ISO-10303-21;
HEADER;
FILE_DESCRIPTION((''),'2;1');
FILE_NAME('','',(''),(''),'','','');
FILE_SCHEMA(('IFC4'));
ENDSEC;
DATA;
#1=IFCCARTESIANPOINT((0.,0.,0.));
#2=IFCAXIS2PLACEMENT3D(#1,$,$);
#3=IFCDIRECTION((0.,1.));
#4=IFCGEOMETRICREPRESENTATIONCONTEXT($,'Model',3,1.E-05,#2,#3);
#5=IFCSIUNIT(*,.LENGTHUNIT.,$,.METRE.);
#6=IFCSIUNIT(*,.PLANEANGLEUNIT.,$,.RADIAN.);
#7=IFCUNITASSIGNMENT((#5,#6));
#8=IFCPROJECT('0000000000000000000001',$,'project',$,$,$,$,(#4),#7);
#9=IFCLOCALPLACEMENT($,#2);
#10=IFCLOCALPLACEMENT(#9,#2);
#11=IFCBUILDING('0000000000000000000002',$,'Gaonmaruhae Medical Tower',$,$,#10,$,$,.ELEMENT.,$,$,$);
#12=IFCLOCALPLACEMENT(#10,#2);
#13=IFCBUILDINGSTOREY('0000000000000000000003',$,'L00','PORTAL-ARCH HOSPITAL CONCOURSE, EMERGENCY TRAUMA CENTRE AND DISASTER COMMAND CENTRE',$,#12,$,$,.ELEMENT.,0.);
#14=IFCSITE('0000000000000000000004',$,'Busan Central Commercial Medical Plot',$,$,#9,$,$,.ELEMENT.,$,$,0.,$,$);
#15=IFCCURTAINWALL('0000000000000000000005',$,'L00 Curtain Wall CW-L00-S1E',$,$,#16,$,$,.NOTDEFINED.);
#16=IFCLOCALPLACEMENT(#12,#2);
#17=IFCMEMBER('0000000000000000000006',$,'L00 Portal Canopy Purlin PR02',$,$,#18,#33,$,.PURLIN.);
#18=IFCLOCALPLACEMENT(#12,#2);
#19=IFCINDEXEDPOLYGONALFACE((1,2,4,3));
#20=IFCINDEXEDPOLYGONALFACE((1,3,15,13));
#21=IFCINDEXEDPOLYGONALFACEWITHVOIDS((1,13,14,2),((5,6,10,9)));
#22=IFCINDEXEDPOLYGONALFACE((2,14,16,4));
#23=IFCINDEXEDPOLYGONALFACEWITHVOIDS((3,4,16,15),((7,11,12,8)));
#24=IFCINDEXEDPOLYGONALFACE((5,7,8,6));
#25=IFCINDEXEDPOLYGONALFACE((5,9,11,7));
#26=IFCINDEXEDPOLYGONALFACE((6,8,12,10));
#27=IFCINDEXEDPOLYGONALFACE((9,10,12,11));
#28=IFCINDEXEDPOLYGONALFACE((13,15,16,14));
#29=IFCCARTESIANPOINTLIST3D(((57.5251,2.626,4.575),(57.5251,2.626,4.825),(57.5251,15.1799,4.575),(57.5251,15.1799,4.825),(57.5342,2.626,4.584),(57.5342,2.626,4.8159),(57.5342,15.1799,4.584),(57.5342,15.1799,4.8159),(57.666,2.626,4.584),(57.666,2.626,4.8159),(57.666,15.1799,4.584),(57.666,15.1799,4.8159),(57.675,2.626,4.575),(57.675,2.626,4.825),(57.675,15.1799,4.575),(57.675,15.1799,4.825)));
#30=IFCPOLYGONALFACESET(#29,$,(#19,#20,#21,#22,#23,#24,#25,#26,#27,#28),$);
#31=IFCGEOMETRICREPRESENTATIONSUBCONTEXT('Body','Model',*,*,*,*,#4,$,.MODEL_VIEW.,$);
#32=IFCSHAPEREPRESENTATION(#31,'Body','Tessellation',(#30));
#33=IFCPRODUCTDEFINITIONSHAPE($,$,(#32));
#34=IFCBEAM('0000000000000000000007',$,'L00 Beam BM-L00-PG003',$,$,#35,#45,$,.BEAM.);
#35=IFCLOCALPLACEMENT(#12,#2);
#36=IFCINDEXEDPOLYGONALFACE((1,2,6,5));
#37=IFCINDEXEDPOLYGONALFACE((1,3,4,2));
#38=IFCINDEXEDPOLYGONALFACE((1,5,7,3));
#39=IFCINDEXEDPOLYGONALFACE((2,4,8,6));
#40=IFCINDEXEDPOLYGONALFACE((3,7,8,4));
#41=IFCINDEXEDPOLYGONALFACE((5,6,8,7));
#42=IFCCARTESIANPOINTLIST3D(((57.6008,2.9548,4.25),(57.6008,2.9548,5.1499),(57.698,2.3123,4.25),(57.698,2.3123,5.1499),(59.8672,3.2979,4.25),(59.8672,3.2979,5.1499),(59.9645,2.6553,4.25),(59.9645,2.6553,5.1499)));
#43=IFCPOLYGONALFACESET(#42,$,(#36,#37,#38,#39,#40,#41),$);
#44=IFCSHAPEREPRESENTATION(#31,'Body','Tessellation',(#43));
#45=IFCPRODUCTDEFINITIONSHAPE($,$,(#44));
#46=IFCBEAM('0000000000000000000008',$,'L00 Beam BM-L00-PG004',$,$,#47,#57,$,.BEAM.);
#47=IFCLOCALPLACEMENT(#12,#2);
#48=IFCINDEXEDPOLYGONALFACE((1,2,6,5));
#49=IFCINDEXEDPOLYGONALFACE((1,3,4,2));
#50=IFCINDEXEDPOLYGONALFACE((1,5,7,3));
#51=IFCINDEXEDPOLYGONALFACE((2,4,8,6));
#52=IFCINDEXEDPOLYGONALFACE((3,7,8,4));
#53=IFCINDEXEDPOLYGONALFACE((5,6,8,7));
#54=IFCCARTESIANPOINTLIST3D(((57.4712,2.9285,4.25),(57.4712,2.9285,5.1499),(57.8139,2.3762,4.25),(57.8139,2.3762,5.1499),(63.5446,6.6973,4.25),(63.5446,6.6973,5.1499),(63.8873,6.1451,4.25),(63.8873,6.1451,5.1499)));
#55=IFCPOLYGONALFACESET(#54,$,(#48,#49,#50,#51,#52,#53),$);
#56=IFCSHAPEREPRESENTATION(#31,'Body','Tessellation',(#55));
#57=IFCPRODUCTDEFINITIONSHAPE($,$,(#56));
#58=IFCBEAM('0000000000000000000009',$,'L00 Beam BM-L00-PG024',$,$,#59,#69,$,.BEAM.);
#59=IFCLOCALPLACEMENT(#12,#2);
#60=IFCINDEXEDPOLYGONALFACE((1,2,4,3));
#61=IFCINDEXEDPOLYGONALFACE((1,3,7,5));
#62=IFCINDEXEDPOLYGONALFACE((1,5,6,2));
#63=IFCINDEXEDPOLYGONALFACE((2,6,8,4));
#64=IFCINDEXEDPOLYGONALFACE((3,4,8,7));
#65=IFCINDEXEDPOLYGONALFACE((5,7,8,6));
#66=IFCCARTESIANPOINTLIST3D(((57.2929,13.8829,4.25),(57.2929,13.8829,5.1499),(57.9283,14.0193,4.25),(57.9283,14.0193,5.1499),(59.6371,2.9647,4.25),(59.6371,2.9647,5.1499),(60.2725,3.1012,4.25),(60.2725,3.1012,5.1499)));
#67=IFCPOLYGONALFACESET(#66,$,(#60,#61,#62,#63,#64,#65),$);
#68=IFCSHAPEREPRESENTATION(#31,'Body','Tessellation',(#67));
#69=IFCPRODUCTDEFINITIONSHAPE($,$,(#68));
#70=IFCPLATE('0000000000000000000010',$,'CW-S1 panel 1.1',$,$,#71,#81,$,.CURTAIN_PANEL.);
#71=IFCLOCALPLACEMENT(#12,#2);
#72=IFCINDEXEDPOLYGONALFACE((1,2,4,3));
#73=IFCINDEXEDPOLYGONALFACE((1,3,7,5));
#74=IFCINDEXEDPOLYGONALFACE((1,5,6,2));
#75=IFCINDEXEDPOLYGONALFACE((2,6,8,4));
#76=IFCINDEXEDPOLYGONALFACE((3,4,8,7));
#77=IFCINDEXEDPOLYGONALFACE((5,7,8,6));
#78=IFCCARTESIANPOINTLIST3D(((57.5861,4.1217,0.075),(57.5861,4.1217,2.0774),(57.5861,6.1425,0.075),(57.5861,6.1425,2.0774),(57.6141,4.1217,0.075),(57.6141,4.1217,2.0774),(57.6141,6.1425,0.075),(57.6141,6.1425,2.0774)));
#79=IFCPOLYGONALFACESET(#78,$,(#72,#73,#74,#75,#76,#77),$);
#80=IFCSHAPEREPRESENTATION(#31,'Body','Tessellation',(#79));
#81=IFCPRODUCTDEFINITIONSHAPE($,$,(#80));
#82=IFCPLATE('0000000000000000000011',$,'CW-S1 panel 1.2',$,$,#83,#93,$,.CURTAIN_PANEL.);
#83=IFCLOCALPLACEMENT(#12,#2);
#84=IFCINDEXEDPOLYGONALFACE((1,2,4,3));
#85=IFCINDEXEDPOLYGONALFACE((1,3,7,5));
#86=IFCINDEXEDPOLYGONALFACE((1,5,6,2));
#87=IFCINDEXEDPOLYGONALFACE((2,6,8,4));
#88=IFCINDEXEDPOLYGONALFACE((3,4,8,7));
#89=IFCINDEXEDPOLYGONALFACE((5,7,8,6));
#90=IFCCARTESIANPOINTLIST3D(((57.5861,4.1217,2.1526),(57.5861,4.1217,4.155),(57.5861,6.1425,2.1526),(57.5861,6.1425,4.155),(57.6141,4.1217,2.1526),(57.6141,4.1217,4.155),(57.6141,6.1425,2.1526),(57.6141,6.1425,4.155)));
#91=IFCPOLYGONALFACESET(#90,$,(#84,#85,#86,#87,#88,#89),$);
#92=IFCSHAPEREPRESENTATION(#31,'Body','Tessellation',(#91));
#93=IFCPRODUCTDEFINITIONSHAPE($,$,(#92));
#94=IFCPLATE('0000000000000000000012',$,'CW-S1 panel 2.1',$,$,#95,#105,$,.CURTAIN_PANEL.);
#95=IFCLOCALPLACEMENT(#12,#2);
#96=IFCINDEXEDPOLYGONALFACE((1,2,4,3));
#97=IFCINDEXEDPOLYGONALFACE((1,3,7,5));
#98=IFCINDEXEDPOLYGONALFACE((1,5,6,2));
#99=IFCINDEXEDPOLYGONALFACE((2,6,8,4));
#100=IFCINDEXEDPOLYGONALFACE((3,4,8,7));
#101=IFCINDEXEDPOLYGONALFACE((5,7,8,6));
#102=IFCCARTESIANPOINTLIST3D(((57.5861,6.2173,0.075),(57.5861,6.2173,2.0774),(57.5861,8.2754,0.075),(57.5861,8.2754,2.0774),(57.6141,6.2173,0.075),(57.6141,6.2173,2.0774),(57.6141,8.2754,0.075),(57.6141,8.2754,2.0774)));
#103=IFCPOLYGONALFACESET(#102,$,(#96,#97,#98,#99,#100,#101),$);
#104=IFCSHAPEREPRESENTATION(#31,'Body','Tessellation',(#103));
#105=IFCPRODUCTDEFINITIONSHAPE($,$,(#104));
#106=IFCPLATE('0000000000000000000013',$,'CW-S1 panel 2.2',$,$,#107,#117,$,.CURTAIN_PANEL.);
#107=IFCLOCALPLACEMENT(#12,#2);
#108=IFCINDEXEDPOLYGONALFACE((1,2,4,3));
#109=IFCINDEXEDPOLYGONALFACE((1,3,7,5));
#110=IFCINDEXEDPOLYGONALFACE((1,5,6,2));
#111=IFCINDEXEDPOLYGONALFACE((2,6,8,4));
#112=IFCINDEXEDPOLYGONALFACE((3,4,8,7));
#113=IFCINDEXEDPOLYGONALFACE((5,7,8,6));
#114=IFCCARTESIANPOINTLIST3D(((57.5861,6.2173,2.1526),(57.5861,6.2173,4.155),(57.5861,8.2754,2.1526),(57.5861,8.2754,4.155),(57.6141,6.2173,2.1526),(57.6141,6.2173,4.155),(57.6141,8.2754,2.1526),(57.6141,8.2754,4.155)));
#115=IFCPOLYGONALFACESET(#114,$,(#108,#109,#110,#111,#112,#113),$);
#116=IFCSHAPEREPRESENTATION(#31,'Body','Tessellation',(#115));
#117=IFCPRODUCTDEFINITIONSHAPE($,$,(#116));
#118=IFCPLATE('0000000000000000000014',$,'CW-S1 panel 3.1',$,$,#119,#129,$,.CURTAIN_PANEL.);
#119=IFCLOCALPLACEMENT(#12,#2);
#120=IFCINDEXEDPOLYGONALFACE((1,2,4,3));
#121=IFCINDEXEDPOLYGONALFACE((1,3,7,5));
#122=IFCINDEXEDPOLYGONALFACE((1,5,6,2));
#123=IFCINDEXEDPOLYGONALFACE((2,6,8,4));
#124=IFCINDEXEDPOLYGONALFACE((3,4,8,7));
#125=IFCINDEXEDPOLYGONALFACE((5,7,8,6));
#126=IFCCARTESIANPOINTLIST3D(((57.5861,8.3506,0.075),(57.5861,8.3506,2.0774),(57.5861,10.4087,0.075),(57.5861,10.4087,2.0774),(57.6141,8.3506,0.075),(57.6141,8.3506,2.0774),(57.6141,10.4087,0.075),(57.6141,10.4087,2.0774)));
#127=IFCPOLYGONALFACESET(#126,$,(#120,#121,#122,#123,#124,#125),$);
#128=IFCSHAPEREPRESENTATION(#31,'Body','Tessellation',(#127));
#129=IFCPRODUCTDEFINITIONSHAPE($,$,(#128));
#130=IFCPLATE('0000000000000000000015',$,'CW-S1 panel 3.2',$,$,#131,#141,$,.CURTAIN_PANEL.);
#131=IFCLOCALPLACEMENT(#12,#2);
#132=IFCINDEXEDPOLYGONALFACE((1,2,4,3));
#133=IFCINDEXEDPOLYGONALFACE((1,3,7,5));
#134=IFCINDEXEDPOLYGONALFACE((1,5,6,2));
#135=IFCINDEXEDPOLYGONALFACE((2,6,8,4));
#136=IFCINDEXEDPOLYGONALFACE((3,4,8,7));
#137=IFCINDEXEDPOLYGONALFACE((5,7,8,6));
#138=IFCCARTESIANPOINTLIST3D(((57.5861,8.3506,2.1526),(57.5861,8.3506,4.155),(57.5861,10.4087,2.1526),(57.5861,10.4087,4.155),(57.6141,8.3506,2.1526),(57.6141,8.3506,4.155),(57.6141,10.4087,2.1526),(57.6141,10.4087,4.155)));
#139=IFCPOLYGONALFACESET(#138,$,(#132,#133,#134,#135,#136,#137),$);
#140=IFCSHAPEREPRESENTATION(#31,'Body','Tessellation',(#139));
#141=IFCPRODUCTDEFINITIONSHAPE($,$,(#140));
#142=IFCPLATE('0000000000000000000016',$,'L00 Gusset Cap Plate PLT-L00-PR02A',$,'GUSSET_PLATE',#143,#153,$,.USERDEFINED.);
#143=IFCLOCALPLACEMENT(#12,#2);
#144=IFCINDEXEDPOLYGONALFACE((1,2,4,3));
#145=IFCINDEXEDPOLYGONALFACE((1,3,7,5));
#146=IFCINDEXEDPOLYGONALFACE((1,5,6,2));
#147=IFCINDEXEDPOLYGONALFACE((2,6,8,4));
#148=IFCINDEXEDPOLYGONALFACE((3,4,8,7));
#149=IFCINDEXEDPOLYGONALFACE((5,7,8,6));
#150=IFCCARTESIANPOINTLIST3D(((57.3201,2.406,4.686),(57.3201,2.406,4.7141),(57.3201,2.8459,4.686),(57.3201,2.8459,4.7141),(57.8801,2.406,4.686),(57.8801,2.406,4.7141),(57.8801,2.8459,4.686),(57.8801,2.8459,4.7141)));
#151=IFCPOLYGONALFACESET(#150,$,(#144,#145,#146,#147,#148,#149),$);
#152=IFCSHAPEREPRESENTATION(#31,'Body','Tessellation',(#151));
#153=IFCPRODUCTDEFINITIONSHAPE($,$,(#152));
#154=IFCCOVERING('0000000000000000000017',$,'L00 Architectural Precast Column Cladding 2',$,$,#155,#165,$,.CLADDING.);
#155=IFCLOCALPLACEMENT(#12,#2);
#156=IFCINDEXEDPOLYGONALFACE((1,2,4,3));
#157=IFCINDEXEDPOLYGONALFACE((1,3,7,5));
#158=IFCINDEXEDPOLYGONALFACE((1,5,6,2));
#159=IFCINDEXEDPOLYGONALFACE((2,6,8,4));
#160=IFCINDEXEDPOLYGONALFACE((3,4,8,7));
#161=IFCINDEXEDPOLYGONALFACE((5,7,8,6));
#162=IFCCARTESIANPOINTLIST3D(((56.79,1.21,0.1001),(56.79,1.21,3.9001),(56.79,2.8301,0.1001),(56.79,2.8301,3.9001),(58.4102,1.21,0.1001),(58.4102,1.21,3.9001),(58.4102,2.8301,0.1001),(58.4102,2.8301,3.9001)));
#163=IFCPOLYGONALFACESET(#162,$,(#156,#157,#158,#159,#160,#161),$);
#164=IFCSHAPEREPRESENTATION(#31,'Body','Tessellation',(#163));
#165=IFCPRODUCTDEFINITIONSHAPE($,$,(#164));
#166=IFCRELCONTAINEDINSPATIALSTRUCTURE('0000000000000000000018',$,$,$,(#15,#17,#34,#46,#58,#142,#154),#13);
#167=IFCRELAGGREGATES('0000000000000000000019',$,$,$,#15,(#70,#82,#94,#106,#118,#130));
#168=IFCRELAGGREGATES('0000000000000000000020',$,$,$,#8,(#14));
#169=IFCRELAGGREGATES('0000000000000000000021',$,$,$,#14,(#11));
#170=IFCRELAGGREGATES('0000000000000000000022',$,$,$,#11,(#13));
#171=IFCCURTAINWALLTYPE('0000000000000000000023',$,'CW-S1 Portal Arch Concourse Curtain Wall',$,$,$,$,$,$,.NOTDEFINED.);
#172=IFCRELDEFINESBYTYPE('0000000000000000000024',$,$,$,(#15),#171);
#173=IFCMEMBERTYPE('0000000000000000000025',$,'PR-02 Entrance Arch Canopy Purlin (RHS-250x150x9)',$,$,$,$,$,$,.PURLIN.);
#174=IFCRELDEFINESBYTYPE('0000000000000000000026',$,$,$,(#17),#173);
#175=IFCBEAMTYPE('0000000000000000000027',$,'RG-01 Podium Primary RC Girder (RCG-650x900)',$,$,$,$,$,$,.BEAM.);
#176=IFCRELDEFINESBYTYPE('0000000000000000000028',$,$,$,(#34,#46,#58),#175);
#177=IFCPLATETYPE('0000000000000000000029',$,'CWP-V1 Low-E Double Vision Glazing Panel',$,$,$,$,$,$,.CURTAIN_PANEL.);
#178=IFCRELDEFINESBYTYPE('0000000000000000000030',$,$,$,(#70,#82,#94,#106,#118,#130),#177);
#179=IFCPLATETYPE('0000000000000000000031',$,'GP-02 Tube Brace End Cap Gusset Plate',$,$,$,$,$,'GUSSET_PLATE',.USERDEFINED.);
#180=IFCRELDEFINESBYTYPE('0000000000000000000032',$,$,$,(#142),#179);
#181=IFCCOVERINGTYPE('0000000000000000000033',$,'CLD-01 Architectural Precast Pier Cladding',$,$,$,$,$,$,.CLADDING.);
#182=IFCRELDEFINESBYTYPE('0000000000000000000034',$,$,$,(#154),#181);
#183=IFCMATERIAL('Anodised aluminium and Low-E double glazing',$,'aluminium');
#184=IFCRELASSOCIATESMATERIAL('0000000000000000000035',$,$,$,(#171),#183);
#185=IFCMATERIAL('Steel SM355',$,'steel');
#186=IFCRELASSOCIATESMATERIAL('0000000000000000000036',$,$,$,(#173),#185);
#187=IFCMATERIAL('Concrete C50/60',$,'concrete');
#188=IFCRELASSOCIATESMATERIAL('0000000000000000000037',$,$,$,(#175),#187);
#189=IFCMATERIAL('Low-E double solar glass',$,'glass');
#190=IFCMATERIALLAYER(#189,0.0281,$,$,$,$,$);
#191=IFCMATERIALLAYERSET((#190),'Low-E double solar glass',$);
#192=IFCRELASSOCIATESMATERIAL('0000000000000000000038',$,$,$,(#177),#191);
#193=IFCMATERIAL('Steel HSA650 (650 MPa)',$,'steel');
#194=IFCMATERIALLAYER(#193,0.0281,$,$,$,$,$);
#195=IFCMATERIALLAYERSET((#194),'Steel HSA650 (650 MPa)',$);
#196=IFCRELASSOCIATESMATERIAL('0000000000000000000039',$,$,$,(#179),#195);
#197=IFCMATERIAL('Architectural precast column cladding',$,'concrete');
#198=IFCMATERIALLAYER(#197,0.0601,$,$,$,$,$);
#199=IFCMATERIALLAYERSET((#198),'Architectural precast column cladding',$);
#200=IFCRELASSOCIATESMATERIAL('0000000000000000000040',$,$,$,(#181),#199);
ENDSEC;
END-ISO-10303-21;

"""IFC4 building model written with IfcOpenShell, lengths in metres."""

from ifc_helpers import new_model, si_unit, direction, frame, origin, origin_2d, place, context, subcontext, project, spatial, rectangle, hollow_rectangle, extrude, material, layer, layer_set, material_profile, profile_set, type_object, element, aggregate, save


model = new_model("IFC4")

# Units and contexts
model_context = context("Model", 3, precision=1e-05, world=origin(), true_north=direction((0.0, 1.0)))
body_context = subcontext(model_context, "Body", "Model", "MODEL_VIEW")
ifc_project = project(units=[si_unit("LENGTHUNIT", "METRE"), si_unit("PLANEANGLEUNIT", "RADIAN")], contexts=[model_context])

# Site, building, storey
site_placement = place(None, origin())
site = spatial("IfcSite", under=ifc_project, at=site_placement, Name="Busan Central Commercial Medical Plot", CompositionType="ELEMENT", RefElevation=0.0)
building_placement = place(site_placement, origin())
building = spatial("IfcBuilding", under=site, at=building_placement, Name="Gaonmaruhae Medical Tower", CompositionType="ELEMENT")
storey_placement = place(building_placement, origin())
storey = spatial("IfcBuildingStorey", under=building, at=storey_placement, Name="L00", Description="PORTAL-ARCH HOSPITAL CONCOURSE, EMERGENCY TRAUMA CENTRE AND DISASTER COMMAND CENTRE", CompositionType="ELEMENT", Elevation=0.0)

# Curtain wall
ifc_material_1 = material(Name="Anodised aluminium and Low-E double glazing", Category="aluminium")
curtain_wall_type = type_object("IfcCurtainWallType", Name="CW-S1 Portal Arch Concourse Curtain Wall", PredefinedType="NOTDEFINED", material=ifc_material_1)
curtain_wall_placement = place(storey_placement, origin())
curtain_wall = element("IfcCurtainWall", 1, at=curtain_wall_placement, inside=storey, type_object=curtain_wall_type, Name="L00 Curtain Wall CW-L00-S1E", PredefinedType="NOTDEFINED")

# Member
ifc_material_2 = material(Name="Steel SM355", Category="steel")
ifc_material_profile_1 = material_profile(ifc_material_2, hollow_rectangle(XDim=0.1499, YDim=0.25, WallThickness=0.009, at=origin_2d()), Name="RHS-250x150x9")
ifc_profile_set_1 = profile_set([ifc_material_profile_1], Name="Steel SM355")
member_type_1 = type_object("IfcMemberType", Name="PR-02 Entrance Arch Canopy Purlin (RHS-250x150x9)", PredefinedType="PURLIN", material=ifc_profile_set_1)
member_1_placement = place(storey_placement, frame((57.6001, 2.626, 4.7), z_axis=(0.0, 1.0, 0.0), x_axis=(-1.0, 0.0, 0.0)))
element("IfcMember", 2, at=member_1_placement, inside=storey, type_object=member_type_1, Name="L00 Portal Canopy Purlin PR02", PredefinedType="PURLIN", context=body_context, shape_type="SweptSolid", body=[
    extrude(hollow_rectangle(XDim=0.1499, YDim=0.25, WallThickness=0.009, at=origin_2d()), origin(), (0.0, 0.0, 1.0), 12.554),
])

# Beams
ifc_material_3 = material(Name="Concrete C50/60", Category="concrete")
ifc_material_profile_2 = material_profile(ifc_material_3, rectangle(XDim=0.6499, YDim=0.8999, at=origin_2d()), Name="RCG-650x900")
ifc_profile_set_2 = profile_set([ifc_material_profile_2], Name="Concrete C50/60")
beam_type = type_object("IfcBeamType", Name="RG-01 Podium Primary RC Girder (RCG-650x900)", PredefinedType="BEAM", material=ifc_profile_set_2)
beam_1_placement = place(storey_placement, frame((57.6494, 2.6335, 4.7), z_axis=(0.988739, 0.149648, 0.0), x_axis=(-0.149648, 0.988739, 0.0)))
element("IfcBeam", 3, at=beam_1_placement, inside=storey, type_object=beam_type, Name="L00 Beam BM-L00-PG003", PredefinedType="BEAM", context=body_context, shape_type="SweptSolid", body=[
    extrude(rectangle(XDim=0.6499, YDim=0.8999, at=origin_2d()), origin(), (0.0, 0.0, 1.0), 2.2922),
])
beam_2_placement = place(storey_placement, frame((57.6426, 2.6523, 4.7), z_axis=(0.84969, 0.527282, 0.0), x_axis=(-0.527282, 0.84969, 0.0)))
element("IfcBeam", 4, at=beam_2_placement, inside=storey, type_object=beam_type, Name="L00 Beam BM-L00-PG004", PredefinedType="BEAM", context=body_context, shape_type="SweptSolid", body=[
    extrude(rectangle(XDim=0.6499, YDim=0.8999, at=origin_2d()), origin(), (0.0, 0.0, 1.0), 7.1477),
])
beam_3_placement = place(storey_placement, frame((59.9548, 3.033, 4.7), z_axis=(-0.209925, 0.977718, 0.0), x_axis=(-0.977718, -0.209925, 0.0)))
element("IfcBeam", 5, at=beam_3_placement, inside=storey, type_object=beam_type, Name="L00 Beam BM-L00-PG024", PredefinedType="BEAM", context=body_context, shape_type="SweptSolid", body=[
    extrude(rectangle(XDim=0.6499, YDim=0.8999, at=origin_2d()), origin(), (0.0, 0.0, 1.0), 11.167),
])

# Plates
ifc_material_4 = material(Name="Low-E double solar glass", Category="glass")
ifc_layer_1 = layer(ifc_material_4, 0.0281)
ifc_layer_set_1 = layer_set([ifc_layer_1], Name="Low-E double solar glass")
plate_type_1 = type_object("IfcPlateType", Name="CWP-V1 Low-E Double Vision Glazing Panel", PredefinedType="CURTAIN_PANEL", material=ifc_layer_set_1)
plate_1_placement = place(storey_placement, frame((57.6001, 5.1321, 0.075), z_axis=(0.0, 0.0, 1.0), x_axis=(0.0, 1.0, 0.0)))
plate_1 = element("IfcPlate", 6, at=plate_1_placement, type_object=plate_type_1, Name="CW-S1 panel 1.1", PredefinedType="CURTAIN_PANEL", context=body_context, shape_type="SweptSolid", body=[
    extrude(rectangle(XDim=2.0208, YDim=0.0281, at=origin_2d()), origin(), (0.0, 0.0, 1.0), 2.0024),
])
plate_2_placement = place(storey_placement, frame((57.6001, 5.1321, 2.1526), z_axis=(0.0, 0.0, 1.0), x_axis=(0.0, 1.0, 0.0)))
plate_2 = element("IfcPlate", 7, at=plate_2_placement, type_object=plate_type_1, Name="CW-S1 panel 1.2", PredefinedType="CURTAIN_PANEL", context=body_context, shape_type="SweptSolid", body=[
    extrude(rectangle(XDim=2.0208, YDim=0.0281, at=origin_2d()), origin(), (0.0, 0.0, 1.0), 2.0024),
])
plate_3_placement = place(storey_placement, frame((57.6001, 7.2463, 0.075), z_axis=(0.0, 0.0, 1.0), x_axis=(0.0, 1.0, 0.0)))
plate_3 = element("IfcPlate", 8, at=plate_3_placement, type_object=plate_type_1, Name="CW-S1 panel 2.1", PredefinedType="CURTAIN_PANEL", context=body_context, shape_type="SweptSolid", body=[
    extrude(rectangle(XDim=2.0581, YDim=0.0281, at=origin_2d()), origin(), (0.0, 0.0, 1.0), 2.0024),
])
plate_4_placement = place(storey_placement, frame((57.6001, 7.2463, 2.1526), z_axis=(0.0, 0.0, 1.0), x_axis=(0.0, 1.0, 0.0)))
plate_4 = element("IfcPlate", 9, at=plate_4_placement, type_object=plate_type_1, Name="CW-S1 panel 2.2", PredefinedType="CURTAIN_PANEL", context=body_context, shape_type="SweptSolid", body=[
    extrude(rectangle(XDim=2.0581, YDim=0.0281, at=origin_2d()), origin(), (0.0, 0.0, 1.0), 2.0024),
])
plate_5_placement = place(storey_placement, frame((57.6001, 9.3796, 0.075), z_axis=(0.0, 0.0, 1.0), x_axis=(0.0, 1.0, 0.0)))
plate_5 = element("IfcPlate", 10, at=plate_5_placement, type_object=plate_type_1, Name="CW-S1 panel 3.1", PredefinedType="CURTAIN_PANEL", context=body_context, shape_type="SweptSolid", body=[
    extrude(rectangle(XDim=2.0581, YDim=0.0281, at=origin_2d()), origin(), (0.0, 0.0, 1.0), 2.0024),
])
plate_6_placement = place(storey_placement, frame((57.6001, 9.3796, 2.1526), z_axis=(0.0, 0.0, 1.0), x_axis=(0.0, 1.0, 0.0)))
plate_6 = element("IfcPlate", 11, at=plate_6_placement, type_object=plate_type_1, Name="CW-S1 panel 3.2", PredefinedType="CURTAIN_PANEL", context=body_context, shape_type="SweptSolid", body=[
    extrude(rectangle(XDim=2.0581, YDim=0.0281, at=origin_2d()), origin(), (0.0, 0.0, 1.0), 2.0024),
])
aggregate(curtain_wall, [plate_1, plate_2, plate_3, plate_4, plate_5, plate_6])
ifc_material_5 = material(Name="Steel HSA650 (650 MPa)", Category="steel")
ifc_layer_2 = layer(ifc_material_5, 0.0281)
ifc_layer_set_2 = layer_set([ifc_layer_2], Name="Steel HSA650 (650 MPa)")
plate_type_2 = type_object("IfcPlateType", Name="GP-02 Tube Brace End Cap Gusset Plate", ElementType="GUSSET_PLATE", PredefinedType="USERDEFINED", material=ifc_layer_set_2)
plate_7_placement = place(storey_placement, frame((57.6001, 2.626, 4.686), z_axis=(0.0, 0.0, 1.0), x_axis=(1.0, 0.0, 0.0)))
element("IfcPlate", 12, at=plate_7_placement, inside=storey, type_object=plate_type_2, Name="L00 Gusset Cap Plate PLT-L00-PR02A", ObjectType="GUSSET_PLATE", PredefinedType="USERDEFINED", context=body_context, shape_type="SweptSolid", body=[
    extrude(rectangle(XDim=0.5601, YDim=0.4399, at=origin_2d()), origin(), (0.0, 0.0, 1.0), 0.0281),
])

# Covering
ifc_material_6 = material(Name="Architectural precast column cladding", Category="concrete")
ifc_layer_3 = layer(ifc_material_6, 0.0601)
ifc_layer_set_3 = layer_set([ifc_layer_3], Name="Architectural precast column cladding")
covering_type = type_object("IfcCoveringType", Name="CLD-01 Architectural Precast Pier Cladding", PredefinedType="CLADDING", material=ifc_layer_set_3)
covering_placement = place(storey_placement, frame((57.6001, 2.02, 0.1001), z_axis=(0.0, 0.0, 1.0), x_axis=(1.0, 0.0, 0.0)))
element("IfcCovering", 13, at=covering_placement, inside=storey, type_object=covering_type, Name="L00 Architectural Precast Column Cladding 2", PredefinedType="CLADDING", context=body_context, shape_type="SweptSolid", body=[
    extrude(rectangle(XDim=1.6201, YDim=1.6201, at=origin_2d()), origin(), (0.0, 0.0, 1.0), 3.8),
])

save(model, "model.ifc")
